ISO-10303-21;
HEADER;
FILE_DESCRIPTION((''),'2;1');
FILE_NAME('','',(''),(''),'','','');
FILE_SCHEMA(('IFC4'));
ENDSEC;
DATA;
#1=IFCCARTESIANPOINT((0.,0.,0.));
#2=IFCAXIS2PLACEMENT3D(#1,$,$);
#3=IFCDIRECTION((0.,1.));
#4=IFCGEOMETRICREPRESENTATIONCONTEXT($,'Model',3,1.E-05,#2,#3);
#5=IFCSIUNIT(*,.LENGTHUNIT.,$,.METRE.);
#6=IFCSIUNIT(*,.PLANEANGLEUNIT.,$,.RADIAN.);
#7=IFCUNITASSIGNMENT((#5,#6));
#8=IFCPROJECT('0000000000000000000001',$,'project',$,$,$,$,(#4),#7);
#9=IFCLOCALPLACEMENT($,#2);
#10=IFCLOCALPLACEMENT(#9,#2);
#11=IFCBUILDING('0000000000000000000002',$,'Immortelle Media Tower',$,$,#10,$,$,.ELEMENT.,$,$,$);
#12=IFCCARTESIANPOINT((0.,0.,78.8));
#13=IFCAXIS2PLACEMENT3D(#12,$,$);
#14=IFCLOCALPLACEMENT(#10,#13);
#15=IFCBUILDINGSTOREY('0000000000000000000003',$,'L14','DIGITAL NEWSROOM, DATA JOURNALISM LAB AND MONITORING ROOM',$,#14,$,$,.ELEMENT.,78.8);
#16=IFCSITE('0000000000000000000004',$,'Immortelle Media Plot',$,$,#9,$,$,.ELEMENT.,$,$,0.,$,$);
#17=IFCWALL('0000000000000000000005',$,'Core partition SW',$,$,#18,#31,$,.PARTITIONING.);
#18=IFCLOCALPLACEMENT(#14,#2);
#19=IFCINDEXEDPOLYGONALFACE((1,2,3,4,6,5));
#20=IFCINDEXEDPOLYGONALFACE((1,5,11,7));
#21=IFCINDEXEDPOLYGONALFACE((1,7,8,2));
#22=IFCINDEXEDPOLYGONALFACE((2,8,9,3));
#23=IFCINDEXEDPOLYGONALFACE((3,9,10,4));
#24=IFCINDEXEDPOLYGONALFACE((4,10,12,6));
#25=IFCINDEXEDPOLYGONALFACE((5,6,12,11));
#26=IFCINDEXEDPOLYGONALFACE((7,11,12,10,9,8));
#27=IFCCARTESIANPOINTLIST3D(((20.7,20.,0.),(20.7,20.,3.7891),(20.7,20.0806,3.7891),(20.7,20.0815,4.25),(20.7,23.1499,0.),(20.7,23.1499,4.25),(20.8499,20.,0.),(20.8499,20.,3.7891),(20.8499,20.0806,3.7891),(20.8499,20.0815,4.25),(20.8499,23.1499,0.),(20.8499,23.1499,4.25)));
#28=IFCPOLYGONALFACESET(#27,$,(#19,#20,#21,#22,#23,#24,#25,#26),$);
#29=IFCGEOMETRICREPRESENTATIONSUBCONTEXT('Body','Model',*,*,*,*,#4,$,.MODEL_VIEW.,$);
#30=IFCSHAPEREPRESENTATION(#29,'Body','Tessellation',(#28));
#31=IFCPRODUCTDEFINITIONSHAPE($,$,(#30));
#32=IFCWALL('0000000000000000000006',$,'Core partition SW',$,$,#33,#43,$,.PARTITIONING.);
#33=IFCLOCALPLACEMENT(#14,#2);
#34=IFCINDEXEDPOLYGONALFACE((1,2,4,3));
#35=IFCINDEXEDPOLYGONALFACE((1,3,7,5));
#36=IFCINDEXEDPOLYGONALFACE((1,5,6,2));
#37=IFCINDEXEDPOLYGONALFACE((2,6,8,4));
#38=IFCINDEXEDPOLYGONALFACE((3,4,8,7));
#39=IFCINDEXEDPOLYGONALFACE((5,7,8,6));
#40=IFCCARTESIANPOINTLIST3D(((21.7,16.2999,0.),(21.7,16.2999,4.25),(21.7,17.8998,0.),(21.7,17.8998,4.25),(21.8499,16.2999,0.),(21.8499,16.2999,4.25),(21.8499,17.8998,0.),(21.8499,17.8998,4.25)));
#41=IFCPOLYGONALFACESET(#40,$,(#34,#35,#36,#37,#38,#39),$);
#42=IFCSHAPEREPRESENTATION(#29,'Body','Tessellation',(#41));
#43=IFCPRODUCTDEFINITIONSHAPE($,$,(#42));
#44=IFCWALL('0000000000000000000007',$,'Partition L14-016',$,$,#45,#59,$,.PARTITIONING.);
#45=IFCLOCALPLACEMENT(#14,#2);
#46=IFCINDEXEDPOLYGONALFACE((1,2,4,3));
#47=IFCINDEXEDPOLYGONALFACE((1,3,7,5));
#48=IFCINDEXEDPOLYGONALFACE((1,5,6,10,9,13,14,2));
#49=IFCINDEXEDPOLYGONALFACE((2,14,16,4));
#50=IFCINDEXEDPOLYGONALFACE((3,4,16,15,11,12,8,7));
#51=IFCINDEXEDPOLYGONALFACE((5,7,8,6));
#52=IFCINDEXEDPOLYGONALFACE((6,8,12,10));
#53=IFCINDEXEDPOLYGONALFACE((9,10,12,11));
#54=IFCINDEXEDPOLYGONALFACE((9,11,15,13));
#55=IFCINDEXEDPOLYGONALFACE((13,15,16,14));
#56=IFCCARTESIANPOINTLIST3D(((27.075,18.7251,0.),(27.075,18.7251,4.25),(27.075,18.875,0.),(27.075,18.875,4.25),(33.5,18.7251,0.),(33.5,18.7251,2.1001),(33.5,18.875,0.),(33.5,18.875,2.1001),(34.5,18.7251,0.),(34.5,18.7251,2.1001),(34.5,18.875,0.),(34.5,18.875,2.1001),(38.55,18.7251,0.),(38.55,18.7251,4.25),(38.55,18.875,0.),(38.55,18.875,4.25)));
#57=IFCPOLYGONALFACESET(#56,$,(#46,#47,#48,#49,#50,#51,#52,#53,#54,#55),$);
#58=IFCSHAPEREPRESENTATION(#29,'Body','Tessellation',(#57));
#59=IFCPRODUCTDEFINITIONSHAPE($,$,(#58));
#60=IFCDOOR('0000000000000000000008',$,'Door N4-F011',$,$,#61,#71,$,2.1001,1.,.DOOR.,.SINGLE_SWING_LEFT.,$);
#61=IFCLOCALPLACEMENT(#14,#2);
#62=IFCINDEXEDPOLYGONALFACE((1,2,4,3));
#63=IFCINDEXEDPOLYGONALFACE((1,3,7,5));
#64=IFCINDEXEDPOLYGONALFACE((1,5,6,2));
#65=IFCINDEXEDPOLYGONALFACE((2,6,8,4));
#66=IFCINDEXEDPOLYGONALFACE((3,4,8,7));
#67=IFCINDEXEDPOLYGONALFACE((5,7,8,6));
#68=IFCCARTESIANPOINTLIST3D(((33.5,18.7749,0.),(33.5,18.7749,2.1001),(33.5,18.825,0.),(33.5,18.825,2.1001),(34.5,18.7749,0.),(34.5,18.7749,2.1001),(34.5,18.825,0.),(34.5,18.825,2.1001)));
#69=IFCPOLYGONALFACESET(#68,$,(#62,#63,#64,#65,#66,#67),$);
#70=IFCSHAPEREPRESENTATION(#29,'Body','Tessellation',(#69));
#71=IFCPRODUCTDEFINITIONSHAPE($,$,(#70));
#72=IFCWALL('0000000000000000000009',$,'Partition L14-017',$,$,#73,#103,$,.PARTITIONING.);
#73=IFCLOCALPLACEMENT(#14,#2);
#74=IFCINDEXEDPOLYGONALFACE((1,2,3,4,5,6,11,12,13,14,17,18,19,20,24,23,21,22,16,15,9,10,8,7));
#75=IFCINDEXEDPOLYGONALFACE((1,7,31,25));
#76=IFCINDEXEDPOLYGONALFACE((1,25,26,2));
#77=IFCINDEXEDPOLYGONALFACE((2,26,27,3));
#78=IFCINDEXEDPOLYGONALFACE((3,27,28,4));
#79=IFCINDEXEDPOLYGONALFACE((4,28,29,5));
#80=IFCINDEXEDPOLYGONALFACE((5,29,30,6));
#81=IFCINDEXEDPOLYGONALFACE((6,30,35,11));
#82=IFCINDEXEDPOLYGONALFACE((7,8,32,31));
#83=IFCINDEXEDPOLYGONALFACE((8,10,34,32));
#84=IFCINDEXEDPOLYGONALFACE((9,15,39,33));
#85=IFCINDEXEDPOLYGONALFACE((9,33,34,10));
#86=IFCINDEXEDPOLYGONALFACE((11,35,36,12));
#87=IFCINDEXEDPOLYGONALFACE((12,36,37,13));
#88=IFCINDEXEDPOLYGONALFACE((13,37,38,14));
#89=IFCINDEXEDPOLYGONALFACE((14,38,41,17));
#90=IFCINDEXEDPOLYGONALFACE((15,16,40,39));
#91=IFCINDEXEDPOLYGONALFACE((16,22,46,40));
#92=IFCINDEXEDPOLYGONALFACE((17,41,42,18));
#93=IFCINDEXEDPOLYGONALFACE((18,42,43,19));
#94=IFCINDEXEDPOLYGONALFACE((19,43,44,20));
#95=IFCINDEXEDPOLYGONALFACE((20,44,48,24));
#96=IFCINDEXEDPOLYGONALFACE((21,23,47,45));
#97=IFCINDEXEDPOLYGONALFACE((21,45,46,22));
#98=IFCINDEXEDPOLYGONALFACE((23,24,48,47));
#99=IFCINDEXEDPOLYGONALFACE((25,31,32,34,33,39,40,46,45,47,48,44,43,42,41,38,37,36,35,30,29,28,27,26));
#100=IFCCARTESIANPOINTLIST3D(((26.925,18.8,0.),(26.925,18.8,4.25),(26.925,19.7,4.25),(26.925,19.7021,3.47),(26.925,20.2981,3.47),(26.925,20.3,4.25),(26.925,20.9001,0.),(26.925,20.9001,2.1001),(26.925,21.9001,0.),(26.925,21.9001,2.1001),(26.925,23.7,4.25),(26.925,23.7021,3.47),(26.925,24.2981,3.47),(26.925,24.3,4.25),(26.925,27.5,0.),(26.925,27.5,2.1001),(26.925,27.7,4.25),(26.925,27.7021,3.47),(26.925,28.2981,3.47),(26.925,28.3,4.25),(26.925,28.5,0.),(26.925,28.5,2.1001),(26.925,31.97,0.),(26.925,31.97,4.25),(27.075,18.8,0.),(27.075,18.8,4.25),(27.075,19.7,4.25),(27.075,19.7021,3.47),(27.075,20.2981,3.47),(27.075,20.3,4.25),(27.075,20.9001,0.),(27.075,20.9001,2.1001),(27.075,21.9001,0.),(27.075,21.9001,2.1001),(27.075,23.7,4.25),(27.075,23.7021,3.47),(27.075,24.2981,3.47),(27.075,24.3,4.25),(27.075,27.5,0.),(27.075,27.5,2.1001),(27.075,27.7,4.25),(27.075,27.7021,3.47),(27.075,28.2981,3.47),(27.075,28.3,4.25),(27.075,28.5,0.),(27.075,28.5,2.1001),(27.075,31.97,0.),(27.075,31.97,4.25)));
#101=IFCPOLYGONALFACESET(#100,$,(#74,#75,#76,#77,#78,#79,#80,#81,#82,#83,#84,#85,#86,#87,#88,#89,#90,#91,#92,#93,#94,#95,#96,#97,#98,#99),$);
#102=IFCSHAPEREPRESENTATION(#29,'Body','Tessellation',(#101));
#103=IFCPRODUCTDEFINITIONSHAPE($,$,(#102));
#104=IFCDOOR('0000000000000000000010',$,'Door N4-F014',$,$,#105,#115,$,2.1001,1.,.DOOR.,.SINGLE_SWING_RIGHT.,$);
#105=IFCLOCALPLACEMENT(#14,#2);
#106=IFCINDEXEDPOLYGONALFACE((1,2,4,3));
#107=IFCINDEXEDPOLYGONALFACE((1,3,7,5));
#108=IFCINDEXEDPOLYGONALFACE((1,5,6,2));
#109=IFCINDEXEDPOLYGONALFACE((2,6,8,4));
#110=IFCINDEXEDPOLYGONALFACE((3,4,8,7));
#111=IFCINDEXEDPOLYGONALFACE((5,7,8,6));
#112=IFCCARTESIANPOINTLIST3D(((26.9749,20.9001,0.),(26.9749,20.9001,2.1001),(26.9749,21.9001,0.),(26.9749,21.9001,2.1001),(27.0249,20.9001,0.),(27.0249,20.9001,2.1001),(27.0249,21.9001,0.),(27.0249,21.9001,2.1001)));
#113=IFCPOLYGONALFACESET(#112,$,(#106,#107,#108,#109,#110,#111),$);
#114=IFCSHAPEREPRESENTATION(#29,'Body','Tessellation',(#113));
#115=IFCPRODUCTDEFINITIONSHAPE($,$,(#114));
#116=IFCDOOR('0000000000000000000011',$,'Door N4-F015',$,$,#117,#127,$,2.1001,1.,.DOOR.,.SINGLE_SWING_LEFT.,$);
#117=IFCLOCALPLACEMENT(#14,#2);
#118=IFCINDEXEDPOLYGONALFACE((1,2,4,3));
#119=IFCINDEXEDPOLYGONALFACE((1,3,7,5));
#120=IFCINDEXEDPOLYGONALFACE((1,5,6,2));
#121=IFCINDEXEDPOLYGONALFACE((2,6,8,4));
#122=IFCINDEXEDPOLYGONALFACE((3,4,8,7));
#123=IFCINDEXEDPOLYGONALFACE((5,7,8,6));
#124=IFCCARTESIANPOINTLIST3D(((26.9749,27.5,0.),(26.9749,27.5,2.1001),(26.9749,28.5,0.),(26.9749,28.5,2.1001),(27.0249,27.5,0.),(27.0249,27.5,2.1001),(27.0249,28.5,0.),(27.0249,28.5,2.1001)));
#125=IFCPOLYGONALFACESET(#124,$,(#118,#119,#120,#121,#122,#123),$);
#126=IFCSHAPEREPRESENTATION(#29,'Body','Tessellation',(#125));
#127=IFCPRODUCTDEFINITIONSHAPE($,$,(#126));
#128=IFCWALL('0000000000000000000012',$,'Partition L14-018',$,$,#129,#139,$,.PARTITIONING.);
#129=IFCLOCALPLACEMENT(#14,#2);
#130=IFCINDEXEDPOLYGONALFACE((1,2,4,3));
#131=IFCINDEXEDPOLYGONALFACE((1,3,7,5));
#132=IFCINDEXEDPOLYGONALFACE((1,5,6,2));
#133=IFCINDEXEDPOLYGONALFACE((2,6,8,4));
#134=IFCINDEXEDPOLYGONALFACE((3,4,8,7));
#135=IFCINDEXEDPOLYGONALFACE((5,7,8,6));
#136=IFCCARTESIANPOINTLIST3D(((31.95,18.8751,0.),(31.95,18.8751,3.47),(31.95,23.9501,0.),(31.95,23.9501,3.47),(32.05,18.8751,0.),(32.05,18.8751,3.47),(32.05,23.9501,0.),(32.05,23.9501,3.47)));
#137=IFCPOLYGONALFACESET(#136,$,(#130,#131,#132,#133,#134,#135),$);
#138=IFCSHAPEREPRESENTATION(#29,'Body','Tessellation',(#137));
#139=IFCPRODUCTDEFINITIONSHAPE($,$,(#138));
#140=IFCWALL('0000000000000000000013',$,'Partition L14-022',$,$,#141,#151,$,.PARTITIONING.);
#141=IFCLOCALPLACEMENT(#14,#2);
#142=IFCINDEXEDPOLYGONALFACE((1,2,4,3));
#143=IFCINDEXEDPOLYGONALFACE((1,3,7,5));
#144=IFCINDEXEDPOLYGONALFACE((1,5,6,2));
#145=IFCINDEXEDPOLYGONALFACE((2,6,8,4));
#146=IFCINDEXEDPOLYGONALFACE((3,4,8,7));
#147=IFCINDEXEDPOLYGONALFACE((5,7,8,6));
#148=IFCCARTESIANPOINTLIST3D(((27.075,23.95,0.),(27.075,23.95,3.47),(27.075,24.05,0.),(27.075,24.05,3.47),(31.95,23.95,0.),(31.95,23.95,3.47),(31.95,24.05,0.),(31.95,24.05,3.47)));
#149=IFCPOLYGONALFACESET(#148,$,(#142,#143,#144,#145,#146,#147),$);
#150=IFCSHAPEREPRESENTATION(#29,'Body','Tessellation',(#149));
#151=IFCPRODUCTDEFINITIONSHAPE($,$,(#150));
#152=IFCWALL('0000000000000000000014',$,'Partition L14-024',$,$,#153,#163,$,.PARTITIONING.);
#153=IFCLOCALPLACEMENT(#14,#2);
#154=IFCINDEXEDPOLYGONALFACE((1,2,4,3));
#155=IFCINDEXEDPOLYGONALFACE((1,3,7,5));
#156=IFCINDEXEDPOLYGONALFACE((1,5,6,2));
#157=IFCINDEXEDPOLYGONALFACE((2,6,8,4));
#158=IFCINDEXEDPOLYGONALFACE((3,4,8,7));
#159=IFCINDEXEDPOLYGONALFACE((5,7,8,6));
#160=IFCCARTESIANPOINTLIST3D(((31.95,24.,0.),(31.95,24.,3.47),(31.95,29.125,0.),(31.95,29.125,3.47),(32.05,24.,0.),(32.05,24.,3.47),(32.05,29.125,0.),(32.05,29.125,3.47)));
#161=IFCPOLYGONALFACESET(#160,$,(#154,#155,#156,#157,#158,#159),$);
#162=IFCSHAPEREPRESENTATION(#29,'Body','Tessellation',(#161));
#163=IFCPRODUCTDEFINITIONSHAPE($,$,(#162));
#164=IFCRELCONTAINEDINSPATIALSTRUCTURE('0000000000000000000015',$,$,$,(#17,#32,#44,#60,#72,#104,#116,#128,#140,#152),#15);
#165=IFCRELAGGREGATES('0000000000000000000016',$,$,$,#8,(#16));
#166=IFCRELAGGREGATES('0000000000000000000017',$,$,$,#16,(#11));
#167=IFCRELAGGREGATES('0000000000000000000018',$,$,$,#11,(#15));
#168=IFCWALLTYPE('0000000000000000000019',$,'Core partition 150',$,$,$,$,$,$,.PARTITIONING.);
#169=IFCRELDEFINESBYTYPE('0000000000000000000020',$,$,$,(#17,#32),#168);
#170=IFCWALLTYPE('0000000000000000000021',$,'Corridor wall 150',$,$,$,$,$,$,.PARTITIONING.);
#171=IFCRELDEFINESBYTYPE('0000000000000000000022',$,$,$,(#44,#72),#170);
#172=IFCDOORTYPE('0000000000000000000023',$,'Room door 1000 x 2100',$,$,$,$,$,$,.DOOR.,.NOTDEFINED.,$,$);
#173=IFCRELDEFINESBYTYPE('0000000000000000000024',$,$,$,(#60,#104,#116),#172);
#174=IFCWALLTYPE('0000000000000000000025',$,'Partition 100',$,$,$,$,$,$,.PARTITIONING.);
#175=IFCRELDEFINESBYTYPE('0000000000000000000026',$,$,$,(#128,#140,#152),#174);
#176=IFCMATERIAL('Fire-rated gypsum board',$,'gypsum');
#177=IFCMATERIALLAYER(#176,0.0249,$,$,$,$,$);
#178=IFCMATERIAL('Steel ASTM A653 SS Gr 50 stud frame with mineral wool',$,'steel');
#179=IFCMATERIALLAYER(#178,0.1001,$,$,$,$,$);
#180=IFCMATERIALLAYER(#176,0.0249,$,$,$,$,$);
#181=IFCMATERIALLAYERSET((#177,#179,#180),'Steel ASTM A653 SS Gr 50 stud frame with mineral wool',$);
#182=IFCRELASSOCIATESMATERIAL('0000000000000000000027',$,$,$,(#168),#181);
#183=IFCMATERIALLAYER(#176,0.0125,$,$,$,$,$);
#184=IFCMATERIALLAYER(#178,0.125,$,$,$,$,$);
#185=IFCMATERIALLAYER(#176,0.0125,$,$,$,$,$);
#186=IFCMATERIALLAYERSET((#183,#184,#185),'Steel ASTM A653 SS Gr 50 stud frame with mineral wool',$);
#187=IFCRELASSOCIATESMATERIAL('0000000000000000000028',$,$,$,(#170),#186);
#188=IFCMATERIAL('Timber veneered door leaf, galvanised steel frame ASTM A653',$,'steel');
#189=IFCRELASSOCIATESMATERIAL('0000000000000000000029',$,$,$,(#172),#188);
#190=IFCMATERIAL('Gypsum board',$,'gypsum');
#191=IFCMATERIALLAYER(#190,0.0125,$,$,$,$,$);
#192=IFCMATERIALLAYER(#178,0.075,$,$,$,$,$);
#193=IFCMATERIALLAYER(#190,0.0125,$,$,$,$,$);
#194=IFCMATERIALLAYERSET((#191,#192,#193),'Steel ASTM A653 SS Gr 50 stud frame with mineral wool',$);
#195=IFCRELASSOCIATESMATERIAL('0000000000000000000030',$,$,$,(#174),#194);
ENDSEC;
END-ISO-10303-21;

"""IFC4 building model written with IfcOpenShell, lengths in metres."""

from ifc_helpers import new_model, si_unit, direction, frame, frame_2d, origin, place, context, subcontext, project, spatial, polyline, rectangle, outline, extrude, material, layer, layer_set, type_object, element, fill, save


model = new_model("IFC4")

# Units and contexts
model_context = context("Model", 3, precision=1e-05, world=origin(), true_north=direction((0.0, 1.0)))
body_context = subcontext(model_context, "Body", "Model", "MODEL_VIEW")
ifc_project = project(units=[si_unit("LENGTHUNIT", "METRE"), si_unit("PLANEANGLEUNIT", "RADIAN")], contexts=[model_context])

# Site, building, storey
site_placement = place(None, origin())
site = spatial("IfcSite", under=ifc_project, at=site_placement, Name="Immortelle Media Plot", CompositionType="ELEMENT", RefElevation=0.0)
building_placement = place(site_placement, origin())
building = spatial("IfcBuilding", under=site, at=building_placement, Name="Immortelle Media Tower", CompositionType="ELEMENT")
storey_placement = place(building_placement, frame((0.0, 0.0, 78.8)))
storey = spatial("IfcBuildingStorey", under=building, at=storey_placement, Name="L14", Description="DIGITAL NEWSROOM, DATA JOURNALISM LAB AND MONITORING ROOM", CompositionType="ELEMENT", Elevation=78.8)

# Walls
ifc_material_1 = material(Name="Fire-rated gypsum board", Category="gypsum")
ifc_layer_1 = layer(ifc_material_1, 0.0249)
ifc_material_2 = material(Name="Steel ASTM A653 SS Gr 50 stud frame with mineral wool", Category="steel")
ifc_layer_2 = layer(ifc_material_2, 0.1001)
ifc_layer_3 = layer(ifc_material_1, 0.0249)
ifc_layer_set_1 = layer_set([ifc_layer_1, ifc_layer_2, ifc_layer_3], Name="Steel ASTM A653 SS Gr 50 stud frame with mineral wool")
wall_type_1 = type_object("IfcWallType", Name="Core partition 150", PredefinedType="PARTITIONING", material=ifc_layer_set_1)
wall_1_placement = place(storey_placement, frame((20.7749, 20.0, 0.0), z_axis=(0.0, 0.0, 1.0), x_axis=(0.0, 1.0, 0.0)))
element("IfcWall", 1, at=wall_1_placement, inside=storey, type_object=wall_type_1, Name="Core partition SW", PredefinedType="PARTITIONING", context=body_context, shape_type="SweptSolid", body=[
    extrude(outline(polyline([(0.0, 0.0), (3.1499, 0.0), (3.1499, 4.25), (0.0815, 4.25), (0.0806, 3.7891), (0.0, 3.7891), (0.0, 0.0)])), frame((0.0, 0.075, 0.0), z_axis=(0.0, -1.0, 0.0), x_axis=(1.0, 0.0, 0.0)), (0.0, 0.0, 1.0), 0.1499),
])
wall_2_placement = place(storey_placement, frame((21.7749, 16.3, 0.0), z_axis=(0.0, 0.0, 1.0), x_axis=(0.0, 1.0, 0.0)))
element("IfcWall", 2, at=wall_2_placement, inside=storey, type_object=wall_type_1, Name="Core partition SW", PredefinedType="PARTITIONING", context=body_context, shape_type="SweptSolid", body=[
    extrude(rectangle(XDim=1.5999, YDim=0.1499, at=frame_2d((0.7998, 0.0))), origin(), (0.0, 0.0, 1.0), 4.25),
])

# Wall, opening, door
ifc_layer_4 = layer(ifc_material_1, 0.0125)
ifc_layer_5 = layer(ifc_material_2, 0.125)
ifc_layer_6 = layer(ifc_material_1, 0.0125)
ifc_layer_set_2 = layer_set([ifc_layer_4, ifc_layer_5, ifc_layer_6], Name="Steel ASTM A653 SS Gr 50 stud frame with mineral wool")
wall_type_2 = type_object("IfcWallType", Name="Corridor wall 150", PredefinedType="PARTITIONING", material=ifc_layer_set_2)
wall_3_placement = place(storey_placement, frame((27.075, 18.8, 0.0), z_axis=(0.0, 0.0, 1.0), x_axis=(1.0, 0.0, 0.0)))
wall_3 = element("IfcWall", 3, at=wall_3_placement, inside=storey, type_object=wall_type_2, Name="Partition L14-016", PredefinedType="PARTITIONING", context=body_context, shape_type="SweptSolid", body=[
    extrude(rectangle(XDim=11.4751, YDim=0.1499, at=frame_2d((5.7375, 0.0))), origin(), (0.0, 0.0, 1.0), 4.25),
])
opening_1_placement = place(wall_3_placement, frame((6.425, 0.0, 0.0)))
opening_1 = element("IfcOpeningElement", 4, at=opening_1_placement, cuts=wall_3, PredefinedType="OPENING", context=body_context, shape_type="SweptSolid", body=[
    extrude(rectangle(XDim=1.0, YDim=2.1001, at=frame_2d((0.5, 1.05))), frame((0.0, 0.085, 0.0), z_axis=(0.0, -1.0, 0.0), x_axis=(1.0, 0.0, 0.0)), (0.0, 0.0, 1.0), 0.1699),
])
ifc_material_3 = material(Name="Timber veneered door leaf, galvanised steel frame ASTM A653", Category="steel")
door_type = type_object("IfcDoorType", Name="Room door 1000 x 2100", OperationType="NOTDEFINED", PredefinedType="DOOR", material=ifc_material_3)
door_1_placement = place(opening_1_placement, origin())
door_1 = element("IfcDoor", 5, at=door_1_placement, inside=storey, type_object=door_type, Name="Door N4-F011", OperationType="SINGLE_SWING_LEFT", OverallHeight=2.1001, OverallWidth=1.0, PredefinedType="DOOR", context=body_context, shape_type="SweptSolid", body=[
    extrude(rectangle(XDim=1.0, YDim=2.1001, at=frame_2d((0.5, 1.05))), frame((0.0, 0.0249, 0.0), z_axis=(0.0, -1.0, 0.0), x_axis=(1.0, 0.0, 0.0)), (0.0, 0.0, 1.0), 0.05),
])
fill(opening_1, door_1)

# Wall, openings, doors
wall_4_placement = place(storey_placement, frame((27.0, 18.8, 0.0), z_axis=(0.0, 0.0, 1.0), x_axis=(0.0, 1.0, 0.0)))
wall_4 = element("IfcWall", 6, at=wall_4_placement, inside=storey, type_object=wall_type_2, Name="Partition L14-017", PredefinedType="PARTITIONING", context=body_context, shape_type="SweptSolid", body=[
    extrude(outline(polyline([(0.0, 0.0), (13.1699, 0.0), (13.1699, 4.25), (9.5, 4.25), (9.498, 3.47), (8.9021, 3.47), (8.8999, 4.25), (5.5, 4.25), (5.498, 3.47), (4.9021, 3.47), (4.8999, 4.25), (1.5, 4.25), (1.498, 3.47), (0.9021, 3.47), (0.8999, 4.25), (0.0, 4.25), (0.0, 0.0)])), frame((0.0, 0.075, 0.0), z_axis=(0.0, -1.0, 0.0), x_axis=(1.0, 0.0, 0.0)), (0.0, 0.0, 1.0), 0.1499),
])
opening_2_placement = place(wall_4_placement, frame((3.1001, 0.0, 0.0), z_axis=(0.0, 0.0, 1.0), x_axis=(-1.0, 0.0, 0.0)))
opening_2 = element("IfcOpeningElement", 7, at=opening_2_placement, cuts=wall_4, PredefinedType="OPENING", context=body_context, shape_type="SweptSolid", body=[
    extrude(rectangle(XDim=1.0, YDim=2.1001, at=frame_2d((0.5, 1.05))), frame((0.0, 0.085, 0.0), z_axis=(0.0, -1.0, 0.0), x_axis=(1.0, 0.0, 0.0)), (0.0, 0.0, 1.0), 0.1699),
])
opening_3_placement = place(wall_4_placement, frame((9.7, 0.0, 0.0), z_axis=(0.0, 0.0, 1.0), x_axis=(-1.0, 0.0, 0.0)))
opening_3 = element("IfcOpeningElement", 8, at=opening_3_placement, cuts=wall_4, PredefinedType="OPENING", context=body_context, shape_type="SweptSolid", body=[
    extrude(rectangle(XDim=1.0, YDim=2.1001, at=frame_2d((0.5, 1.05))), frame((0.0, 0.085, 0.0), z_axis=(0.0, -1.0, 0.0), x_axis=(1.0, 0.0, 0.0)), (0.0, 0.0, 1.0), 0.1699),
])
door_2_placement = place(opening_2_placement, origin())
door_2 = element("IfcDoor", 9, at=door_2_placement, inside=storey, type_object=door_type, Name="Door N4-F014", OperationType="SINGLE_SWING_RIGHT", OverallHeight=2.1001, OverallWidth=1.0, PredefinedType="DOOR", context=body_context, shape_type="SweptSolid", body=[
    extrude(rectangle(XDim=1.0, YDim=2.1001, at=frame_2d((0.5, 1.05))), frame((0.0, 0.0249, 0.0), z_axis=(0.0, -1.0, 0.0), x_axis=(1.0, 0.0, 0.0)), (0.0, 0.0, 1.0), 0.05),
])
fill(opening_2, door_2)
door_3_placement = place(opening_3_placement, origin())
door_3 = element("IfcDoor", 10, at=door_3_placement, inside=storey, type_object=door_type, Name="Door N4-F015", OperationType="SINGLE_SWING_LEFT", OverallHeight=2.1001, OverallWidth=1.0, PredefinedType="DOOR", context=body_context, shape_type="SweptSolid", body=[
    extrude(rectangle(XDim=1.0, YDim=2.1001, at=frame_2d((0.5, 1.05))), frame((0.0, 0.0249, 0.0), z_axis=(0.0, -1.0, 0.0), x_axis=(1.0, 0.0, 0.0)), (0.0, 0.0, 1.0), 0.05),
])
fill(opening_3, door_3)

# Walls
ifc_material_4 = material(Name="Gypsum board", Category="gypsum")
ifc_layer_7 = layer(ifc_material_4, 0.0125)
ifc_layer_8 = layer(ifc_material_2, 0.075)
ifc_layer_9 = layer(ifc_material_4, 0.0125)
ifc_layer_set_3 = layer_set([ifc_layer_7, ifc_layer_8, ifc_layer_9], Name="Steel ASTM A653 SS Gr 50 stud frame with mineral wool")
wall_type_3 = type_object("IfcWallType", Name="Partition 100", PredefinedType="PARTITIONING", material=ifc_layer_set_3)
wall_5_placement = place(storey_placement, frame((32.0, 18.875, 0.0), z_axis=(0.0, 0.0, 1.0), x_axis=(0.0, 1.0, 0.0)))
element("IfcWall", 11, at=wall_5_placement, inside=storey, type_object=wall_type_3, Name="Partition L14-018", PredefinedType="PARTITIONING", context=body_context, shape_type="SweptSolid", body=[
    extrude(rectangle(XDim=5.075, YDim=0.1001, at=frame_2d((2.5376, 0.0))), origin(), (0.0, 0.0, 1.0), 3.47),
])
wall_6_placement = place(storey_placement, frame((27.075, 24.0, 0.0), z_axis=(0.0, 0.0, 1.0), x_axis=(1.0, 0.0, 0.0)))
element("IfcWall", 12, at=wall_6_placement, inside=storey, type_object=wall_type_3, Name="Partition L14-022", PredefinedType="PARTITIONING", context=body_context, shape_type="SweptSolid", body=[
    extrude(rectangle(XDim=4.875, YDim=0.1001, at=frame_2d((2.4375, 0.0))), origin(), (0.0, 0.0, 1.0), 3.47),
])
wall_7_placement = place(storey_placement, frame((32.0, 24.0, 0.0), z_axis=(0.0, 0.0, 1.0), x_axis=(0.0, 1.0, 0.0)))
element("IfcWall", 13, at=wall_7_placement, inside=storey, type_object=wall_type_3, Name="Partition L14-024", PredefinedType="PARTITIONING", context=body_context, shape_type="SweptSolid", body=[
    extrude(rectangle(XDim=5.125, YDim=0.1001, at=frame_2d((2.5625, 0.0))), origin(), (0.0, 0.0, 1.0), 3.47),
])

save(model, "model.ifc")
